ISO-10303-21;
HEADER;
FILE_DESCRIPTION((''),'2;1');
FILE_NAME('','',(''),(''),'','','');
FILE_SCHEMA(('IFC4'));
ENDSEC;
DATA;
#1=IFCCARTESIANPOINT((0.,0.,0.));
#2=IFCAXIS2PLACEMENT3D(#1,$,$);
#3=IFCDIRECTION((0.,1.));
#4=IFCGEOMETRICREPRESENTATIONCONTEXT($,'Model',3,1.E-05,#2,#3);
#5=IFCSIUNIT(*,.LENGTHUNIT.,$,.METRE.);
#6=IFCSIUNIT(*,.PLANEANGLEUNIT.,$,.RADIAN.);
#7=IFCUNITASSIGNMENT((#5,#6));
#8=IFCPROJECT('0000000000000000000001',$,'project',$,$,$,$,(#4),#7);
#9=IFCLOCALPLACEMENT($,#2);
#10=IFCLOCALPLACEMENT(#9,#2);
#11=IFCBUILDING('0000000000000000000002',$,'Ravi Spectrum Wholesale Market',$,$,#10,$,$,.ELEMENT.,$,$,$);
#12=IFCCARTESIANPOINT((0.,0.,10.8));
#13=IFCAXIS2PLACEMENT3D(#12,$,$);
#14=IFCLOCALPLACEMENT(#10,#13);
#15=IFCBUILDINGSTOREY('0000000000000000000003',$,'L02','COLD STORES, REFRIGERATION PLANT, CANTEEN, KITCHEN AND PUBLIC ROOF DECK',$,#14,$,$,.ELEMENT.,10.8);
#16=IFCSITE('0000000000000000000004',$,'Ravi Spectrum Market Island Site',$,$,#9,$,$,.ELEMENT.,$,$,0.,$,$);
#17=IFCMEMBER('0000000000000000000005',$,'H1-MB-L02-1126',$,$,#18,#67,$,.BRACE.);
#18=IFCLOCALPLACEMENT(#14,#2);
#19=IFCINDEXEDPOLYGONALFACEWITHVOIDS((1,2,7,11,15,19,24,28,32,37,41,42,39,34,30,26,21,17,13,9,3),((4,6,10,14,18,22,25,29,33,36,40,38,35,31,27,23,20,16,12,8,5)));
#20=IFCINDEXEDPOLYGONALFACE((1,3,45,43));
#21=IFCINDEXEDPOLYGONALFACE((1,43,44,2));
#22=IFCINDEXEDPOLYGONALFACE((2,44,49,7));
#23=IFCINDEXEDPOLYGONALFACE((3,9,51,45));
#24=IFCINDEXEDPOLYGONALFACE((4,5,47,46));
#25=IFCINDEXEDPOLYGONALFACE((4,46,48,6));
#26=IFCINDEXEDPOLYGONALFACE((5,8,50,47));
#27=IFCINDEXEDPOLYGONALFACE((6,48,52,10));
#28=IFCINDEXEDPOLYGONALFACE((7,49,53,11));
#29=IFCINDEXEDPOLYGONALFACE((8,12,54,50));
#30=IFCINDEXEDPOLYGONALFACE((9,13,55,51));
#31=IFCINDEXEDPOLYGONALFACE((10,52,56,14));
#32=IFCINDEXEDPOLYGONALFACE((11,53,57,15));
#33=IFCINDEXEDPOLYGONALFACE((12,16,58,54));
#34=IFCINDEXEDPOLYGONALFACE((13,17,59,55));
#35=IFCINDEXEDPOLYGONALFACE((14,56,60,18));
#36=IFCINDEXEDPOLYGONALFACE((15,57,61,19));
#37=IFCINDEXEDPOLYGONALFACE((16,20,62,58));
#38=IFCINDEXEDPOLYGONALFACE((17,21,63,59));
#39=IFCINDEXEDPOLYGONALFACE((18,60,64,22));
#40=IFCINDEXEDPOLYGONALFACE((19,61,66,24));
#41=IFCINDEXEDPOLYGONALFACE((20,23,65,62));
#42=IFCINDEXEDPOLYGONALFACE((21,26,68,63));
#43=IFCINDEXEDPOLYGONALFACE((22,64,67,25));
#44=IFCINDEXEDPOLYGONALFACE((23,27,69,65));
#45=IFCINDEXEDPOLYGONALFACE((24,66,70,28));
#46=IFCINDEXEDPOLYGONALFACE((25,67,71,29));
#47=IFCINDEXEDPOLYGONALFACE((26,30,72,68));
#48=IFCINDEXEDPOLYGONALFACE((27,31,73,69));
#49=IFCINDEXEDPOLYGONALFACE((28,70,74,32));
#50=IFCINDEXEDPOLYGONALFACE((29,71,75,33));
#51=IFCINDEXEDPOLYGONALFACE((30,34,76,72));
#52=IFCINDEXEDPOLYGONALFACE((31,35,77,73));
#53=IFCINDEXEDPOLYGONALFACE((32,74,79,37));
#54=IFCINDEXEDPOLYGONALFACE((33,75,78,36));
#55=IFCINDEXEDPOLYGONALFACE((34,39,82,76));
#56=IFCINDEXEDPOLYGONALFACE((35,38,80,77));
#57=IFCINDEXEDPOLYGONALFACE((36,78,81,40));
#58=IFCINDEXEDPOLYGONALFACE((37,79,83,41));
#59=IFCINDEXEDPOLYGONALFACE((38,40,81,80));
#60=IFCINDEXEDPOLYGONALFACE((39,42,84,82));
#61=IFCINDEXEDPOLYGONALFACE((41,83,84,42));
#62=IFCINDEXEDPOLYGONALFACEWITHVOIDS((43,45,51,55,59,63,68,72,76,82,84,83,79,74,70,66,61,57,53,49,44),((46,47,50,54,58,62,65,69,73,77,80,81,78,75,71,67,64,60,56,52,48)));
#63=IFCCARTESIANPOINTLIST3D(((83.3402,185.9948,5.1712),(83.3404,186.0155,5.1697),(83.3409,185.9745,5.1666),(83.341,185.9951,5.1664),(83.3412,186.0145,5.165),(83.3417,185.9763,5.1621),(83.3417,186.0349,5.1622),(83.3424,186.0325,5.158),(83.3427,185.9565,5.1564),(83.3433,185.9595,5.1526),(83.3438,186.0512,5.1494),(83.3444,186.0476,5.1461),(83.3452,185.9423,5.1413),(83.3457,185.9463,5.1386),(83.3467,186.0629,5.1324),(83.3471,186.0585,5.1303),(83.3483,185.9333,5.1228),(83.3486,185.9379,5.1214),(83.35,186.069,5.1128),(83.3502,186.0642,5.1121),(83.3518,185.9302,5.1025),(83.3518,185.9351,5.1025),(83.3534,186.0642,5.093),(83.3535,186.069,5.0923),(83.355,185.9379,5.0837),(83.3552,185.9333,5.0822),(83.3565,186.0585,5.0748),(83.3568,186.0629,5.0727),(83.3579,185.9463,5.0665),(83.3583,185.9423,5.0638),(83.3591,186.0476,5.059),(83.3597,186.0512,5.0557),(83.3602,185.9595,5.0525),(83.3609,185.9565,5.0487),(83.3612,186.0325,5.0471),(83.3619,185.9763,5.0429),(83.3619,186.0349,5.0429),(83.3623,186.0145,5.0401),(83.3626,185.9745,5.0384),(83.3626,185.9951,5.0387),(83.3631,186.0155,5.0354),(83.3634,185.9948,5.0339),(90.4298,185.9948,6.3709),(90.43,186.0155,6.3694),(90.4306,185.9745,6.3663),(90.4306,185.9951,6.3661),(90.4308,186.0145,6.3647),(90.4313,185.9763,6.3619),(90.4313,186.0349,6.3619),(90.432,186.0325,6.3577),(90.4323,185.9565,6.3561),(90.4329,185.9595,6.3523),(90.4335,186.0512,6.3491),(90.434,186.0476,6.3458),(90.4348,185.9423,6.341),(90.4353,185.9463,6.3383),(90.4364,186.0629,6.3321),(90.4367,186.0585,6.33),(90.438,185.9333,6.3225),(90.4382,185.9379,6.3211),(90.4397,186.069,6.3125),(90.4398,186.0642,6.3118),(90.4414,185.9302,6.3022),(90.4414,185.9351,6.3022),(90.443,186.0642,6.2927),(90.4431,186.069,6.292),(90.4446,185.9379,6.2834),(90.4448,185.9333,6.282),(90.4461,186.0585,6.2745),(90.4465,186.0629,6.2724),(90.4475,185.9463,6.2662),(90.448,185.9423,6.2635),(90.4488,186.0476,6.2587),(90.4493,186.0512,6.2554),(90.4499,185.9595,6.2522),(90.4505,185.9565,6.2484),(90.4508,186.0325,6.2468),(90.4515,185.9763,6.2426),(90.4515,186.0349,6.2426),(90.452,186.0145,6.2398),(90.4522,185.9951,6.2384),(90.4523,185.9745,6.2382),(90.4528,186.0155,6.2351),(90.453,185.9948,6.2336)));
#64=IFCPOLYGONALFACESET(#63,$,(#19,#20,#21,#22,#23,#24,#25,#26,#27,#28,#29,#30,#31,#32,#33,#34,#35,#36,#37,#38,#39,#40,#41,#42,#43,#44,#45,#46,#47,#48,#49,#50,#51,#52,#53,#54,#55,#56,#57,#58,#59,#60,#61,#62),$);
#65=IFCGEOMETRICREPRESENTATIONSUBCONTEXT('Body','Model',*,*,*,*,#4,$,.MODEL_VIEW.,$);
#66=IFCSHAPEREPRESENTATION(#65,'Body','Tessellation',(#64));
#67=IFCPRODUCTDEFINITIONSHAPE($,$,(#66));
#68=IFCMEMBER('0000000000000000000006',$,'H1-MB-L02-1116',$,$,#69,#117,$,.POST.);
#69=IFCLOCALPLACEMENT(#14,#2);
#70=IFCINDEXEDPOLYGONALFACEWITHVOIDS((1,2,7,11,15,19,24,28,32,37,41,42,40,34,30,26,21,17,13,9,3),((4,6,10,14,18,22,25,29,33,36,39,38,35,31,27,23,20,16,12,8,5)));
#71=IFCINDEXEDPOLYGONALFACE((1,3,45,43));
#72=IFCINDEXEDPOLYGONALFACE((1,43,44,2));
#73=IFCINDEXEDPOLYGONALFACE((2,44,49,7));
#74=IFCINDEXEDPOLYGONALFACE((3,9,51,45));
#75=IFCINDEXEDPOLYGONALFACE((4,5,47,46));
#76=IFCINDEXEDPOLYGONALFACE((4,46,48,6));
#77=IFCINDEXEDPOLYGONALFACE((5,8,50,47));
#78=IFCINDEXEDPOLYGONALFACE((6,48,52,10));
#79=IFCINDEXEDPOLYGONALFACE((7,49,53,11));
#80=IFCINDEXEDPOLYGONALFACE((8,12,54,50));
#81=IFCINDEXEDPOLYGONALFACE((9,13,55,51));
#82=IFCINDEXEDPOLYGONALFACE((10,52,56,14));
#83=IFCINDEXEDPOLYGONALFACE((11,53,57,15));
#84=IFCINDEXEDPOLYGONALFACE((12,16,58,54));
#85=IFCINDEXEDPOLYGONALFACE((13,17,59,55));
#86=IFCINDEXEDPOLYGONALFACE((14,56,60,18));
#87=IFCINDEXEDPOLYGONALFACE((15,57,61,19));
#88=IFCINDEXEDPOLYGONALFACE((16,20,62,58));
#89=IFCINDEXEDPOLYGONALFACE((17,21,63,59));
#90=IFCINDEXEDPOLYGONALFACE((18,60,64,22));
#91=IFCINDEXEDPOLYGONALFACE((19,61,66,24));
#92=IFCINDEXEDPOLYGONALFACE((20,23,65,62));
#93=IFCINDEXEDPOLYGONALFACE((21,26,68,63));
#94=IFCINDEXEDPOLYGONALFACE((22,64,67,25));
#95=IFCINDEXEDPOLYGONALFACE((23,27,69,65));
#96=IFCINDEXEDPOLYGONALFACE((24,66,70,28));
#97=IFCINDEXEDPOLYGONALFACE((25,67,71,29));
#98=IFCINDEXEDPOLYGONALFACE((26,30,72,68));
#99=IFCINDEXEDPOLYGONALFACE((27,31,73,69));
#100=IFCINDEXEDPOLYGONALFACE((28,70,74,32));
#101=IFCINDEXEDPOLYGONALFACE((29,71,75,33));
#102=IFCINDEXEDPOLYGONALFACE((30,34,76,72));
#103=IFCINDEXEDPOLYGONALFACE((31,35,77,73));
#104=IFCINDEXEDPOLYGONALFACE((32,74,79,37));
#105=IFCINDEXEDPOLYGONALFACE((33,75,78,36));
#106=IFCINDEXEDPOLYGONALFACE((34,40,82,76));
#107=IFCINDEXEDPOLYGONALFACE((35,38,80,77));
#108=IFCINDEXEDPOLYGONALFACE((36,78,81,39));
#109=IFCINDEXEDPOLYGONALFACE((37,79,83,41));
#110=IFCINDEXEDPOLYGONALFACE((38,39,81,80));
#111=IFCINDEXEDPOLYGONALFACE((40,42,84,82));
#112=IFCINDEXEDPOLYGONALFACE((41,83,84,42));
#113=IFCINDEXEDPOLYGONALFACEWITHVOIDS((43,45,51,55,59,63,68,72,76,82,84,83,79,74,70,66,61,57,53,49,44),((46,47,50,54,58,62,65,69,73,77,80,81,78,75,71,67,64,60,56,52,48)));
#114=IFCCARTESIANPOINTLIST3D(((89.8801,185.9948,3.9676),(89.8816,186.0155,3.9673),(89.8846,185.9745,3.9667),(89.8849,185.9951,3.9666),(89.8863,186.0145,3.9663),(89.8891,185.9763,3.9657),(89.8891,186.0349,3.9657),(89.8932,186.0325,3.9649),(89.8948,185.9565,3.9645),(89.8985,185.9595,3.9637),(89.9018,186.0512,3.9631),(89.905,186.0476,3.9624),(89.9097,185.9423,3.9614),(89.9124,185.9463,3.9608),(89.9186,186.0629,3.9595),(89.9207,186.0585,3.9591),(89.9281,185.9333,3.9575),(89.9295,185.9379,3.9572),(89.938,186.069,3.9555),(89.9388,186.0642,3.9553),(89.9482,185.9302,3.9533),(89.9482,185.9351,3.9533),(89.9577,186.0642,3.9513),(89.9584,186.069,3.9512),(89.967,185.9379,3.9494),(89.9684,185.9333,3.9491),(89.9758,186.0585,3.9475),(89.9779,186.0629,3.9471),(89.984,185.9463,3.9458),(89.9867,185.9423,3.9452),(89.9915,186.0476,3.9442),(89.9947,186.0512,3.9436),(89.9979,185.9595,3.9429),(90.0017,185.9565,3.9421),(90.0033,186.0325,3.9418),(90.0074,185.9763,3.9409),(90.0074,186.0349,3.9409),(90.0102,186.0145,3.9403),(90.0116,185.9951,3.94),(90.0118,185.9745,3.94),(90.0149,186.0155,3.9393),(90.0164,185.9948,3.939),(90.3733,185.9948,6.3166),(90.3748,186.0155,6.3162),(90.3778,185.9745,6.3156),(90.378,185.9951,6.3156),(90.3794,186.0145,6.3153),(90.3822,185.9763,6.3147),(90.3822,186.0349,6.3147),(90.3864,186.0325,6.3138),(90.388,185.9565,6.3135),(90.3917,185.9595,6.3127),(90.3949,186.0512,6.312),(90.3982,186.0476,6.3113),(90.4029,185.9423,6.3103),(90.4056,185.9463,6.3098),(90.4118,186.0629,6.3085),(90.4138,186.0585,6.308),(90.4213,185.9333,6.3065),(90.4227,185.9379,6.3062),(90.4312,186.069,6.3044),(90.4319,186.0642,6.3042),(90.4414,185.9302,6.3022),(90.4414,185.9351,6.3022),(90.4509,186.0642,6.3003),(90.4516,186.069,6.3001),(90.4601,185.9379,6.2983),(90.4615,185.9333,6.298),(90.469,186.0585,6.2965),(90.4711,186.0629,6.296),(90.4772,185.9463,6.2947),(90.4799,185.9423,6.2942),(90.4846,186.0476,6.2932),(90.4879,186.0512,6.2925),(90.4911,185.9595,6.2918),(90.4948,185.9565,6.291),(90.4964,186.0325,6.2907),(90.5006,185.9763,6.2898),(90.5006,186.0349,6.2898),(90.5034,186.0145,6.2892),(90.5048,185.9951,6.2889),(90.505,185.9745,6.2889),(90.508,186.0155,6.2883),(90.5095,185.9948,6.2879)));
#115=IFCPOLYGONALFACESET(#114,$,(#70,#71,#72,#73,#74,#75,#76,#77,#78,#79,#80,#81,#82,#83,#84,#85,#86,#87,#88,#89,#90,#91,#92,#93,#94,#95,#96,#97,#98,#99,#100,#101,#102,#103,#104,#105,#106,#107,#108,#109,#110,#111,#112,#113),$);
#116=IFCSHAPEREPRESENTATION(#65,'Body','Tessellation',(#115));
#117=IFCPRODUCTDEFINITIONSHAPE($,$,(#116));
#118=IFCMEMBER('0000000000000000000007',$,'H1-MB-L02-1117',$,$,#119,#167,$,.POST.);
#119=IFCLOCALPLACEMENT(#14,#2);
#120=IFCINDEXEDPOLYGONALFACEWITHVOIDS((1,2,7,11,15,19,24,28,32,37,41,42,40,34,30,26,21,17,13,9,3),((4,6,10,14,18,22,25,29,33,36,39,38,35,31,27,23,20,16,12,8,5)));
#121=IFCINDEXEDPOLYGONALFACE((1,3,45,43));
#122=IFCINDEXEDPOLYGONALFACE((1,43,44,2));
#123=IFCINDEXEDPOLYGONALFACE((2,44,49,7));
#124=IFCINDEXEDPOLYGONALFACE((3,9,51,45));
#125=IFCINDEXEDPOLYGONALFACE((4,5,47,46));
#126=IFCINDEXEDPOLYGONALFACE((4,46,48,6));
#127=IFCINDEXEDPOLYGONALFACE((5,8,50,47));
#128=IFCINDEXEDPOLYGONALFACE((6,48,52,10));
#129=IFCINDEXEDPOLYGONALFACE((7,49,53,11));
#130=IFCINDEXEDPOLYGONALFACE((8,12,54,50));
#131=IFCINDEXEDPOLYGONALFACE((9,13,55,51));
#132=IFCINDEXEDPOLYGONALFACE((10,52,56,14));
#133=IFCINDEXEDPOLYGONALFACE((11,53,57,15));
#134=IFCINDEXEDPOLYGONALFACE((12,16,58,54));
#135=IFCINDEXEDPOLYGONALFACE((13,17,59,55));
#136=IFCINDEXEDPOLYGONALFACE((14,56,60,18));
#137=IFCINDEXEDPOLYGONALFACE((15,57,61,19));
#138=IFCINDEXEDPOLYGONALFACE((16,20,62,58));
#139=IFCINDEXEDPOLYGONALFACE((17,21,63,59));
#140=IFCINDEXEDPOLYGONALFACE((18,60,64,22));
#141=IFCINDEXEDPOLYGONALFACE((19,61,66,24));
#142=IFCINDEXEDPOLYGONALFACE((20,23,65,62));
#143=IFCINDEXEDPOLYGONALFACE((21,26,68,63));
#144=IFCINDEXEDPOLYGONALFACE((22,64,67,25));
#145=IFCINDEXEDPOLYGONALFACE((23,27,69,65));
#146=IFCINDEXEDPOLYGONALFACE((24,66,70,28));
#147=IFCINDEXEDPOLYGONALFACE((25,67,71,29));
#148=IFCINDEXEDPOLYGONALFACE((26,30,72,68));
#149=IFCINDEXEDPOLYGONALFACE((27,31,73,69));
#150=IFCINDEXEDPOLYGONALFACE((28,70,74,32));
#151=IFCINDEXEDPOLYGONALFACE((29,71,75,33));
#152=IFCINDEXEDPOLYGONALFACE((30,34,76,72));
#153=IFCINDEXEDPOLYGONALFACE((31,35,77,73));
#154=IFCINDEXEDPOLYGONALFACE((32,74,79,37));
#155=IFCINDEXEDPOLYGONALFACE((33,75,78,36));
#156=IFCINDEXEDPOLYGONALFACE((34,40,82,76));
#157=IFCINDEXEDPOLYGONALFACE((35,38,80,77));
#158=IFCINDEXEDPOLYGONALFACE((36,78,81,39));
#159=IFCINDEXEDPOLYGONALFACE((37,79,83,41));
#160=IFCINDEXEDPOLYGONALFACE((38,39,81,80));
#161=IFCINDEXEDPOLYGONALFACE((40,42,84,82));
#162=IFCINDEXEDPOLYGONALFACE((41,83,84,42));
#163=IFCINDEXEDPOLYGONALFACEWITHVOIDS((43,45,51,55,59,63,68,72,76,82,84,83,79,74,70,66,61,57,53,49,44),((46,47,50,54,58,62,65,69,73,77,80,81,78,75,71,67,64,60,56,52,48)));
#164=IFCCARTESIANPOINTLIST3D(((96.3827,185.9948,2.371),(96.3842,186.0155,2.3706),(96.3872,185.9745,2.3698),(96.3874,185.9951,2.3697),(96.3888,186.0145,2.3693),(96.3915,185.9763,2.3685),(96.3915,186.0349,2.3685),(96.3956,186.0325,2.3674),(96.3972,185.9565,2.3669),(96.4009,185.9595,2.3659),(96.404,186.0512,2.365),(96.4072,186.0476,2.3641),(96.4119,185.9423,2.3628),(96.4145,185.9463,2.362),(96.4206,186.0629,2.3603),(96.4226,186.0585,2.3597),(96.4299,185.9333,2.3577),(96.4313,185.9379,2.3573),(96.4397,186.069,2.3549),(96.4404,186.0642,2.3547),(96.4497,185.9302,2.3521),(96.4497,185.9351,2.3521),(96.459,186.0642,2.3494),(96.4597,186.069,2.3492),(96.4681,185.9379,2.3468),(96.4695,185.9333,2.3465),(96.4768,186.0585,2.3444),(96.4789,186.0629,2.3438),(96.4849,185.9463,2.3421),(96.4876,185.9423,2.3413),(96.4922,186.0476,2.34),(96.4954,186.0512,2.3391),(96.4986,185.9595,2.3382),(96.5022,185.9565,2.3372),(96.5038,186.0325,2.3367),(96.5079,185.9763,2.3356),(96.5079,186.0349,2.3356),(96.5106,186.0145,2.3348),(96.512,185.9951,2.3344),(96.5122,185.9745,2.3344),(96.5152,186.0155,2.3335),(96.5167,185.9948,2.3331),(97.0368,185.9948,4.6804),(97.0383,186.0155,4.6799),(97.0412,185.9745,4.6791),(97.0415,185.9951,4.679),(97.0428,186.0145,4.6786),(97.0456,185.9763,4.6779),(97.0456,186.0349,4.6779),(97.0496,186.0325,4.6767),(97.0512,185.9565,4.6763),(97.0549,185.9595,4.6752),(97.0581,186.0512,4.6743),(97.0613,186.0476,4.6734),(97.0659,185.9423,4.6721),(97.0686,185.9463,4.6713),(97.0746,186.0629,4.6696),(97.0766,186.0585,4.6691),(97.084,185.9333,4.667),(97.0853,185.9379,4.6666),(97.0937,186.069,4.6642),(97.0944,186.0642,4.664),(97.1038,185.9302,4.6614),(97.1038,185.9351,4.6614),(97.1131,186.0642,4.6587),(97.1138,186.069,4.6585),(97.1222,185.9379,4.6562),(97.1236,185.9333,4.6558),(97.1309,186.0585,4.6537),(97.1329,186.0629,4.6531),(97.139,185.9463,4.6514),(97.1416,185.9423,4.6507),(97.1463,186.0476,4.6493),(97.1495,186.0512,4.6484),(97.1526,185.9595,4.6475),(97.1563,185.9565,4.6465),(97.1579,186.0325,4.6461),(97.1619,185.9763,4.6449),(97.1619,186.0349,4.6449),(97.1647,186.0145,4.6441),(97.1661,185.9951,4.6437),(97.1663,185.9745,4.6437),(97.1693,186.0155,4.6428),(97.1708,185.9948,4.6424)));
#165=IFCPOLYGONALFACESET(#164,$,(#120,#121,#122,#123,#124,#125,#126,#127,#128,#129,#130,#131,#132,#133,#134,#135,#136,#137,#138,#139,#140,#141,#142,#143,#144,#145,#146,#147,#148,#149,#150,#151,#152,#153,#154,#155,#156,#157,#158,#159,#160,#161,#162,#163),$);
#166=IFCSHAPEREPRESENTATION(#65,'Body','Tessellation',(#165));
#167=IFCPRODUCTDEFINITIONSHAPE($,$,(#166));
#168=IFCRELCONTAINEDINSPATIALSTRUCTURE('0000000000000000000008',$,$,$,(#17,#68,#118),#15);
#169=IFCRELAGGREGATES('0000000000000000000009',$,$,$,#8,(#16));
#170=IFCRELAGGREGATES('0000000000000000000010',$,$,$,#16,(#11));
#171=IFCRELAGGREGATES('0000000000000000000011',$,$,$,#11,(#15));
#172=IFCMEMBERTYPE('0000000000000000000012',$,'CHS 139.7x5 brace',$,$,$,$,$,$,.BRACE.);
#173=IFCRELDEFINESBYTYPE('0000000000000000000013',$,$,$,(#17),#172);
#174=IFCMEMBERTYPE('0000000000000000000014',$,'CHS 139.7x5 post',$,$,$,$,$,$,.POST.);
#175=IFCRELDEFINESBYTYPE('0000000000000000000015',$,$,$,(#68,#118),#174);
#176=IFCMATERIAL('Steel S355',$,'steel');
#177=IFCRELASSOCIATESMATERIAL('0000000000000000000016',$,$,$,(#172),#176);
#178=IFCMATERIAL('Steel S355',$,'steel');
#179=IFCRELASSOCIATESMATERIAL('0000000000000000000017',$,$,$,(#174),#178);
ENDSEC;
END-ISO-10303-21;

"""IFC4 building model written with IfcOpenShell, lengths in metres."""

from ifc_helpers import new_model, si_unit, direction, frame, origin, origin_2d, place, context, subcontext, project, spatial, hollow_circle, extrude, material, material_profile, profile_set, type_object, element, save


model = new_model("IFC4")

# Units and contexts
model_context = context("Model", 3, precision=1e-05, world=origin(), true_north=direction((0.0, 1.0)))
body_context = subcontext(model_context, "Body", "Model", "MODEL_VIEW")
ifc_project = project(units=[si_unit("LENGTHUNIT", "METRE"), si_unit("PLANEANGLEUNIT", "RADIAN")], contexts=[model_context])

# Site, building, storey
site_placement = place(None, origin())
site = spatial("IfcSite", under=ifc_project, at=site_placement, Name="Ravi Spectrum Market Island Site", CompositionType="ELEMENT", RefElevation=0.0)
building_placement = place(site_placement, origin())
building = spatial("IfcBuilding", under=site, at=building_placement, Name="Ravi Spectrum Wholesale Market", CompositionType="ELEMENT")
storey_placement = place(building_placement, frame((0.0, 0.0, 10.8)))
storey = spatial("IfcBuildingStorey", under=building, at=storey_placement, Name="L02", Description="COLD STORES, REFRIGERATION PLANT, CANTEEN, KITCHEN AND PUBLIC ROOF DECK", CompositionType="ELEMENT", Elevation=10.8)

# Members
ifc_material_1 = material(Name="Steel S355", Category="steel")
ifc_material_profile_1 = material_profile(ifc_material_1, hollow_circle(Radius=0.0698, WallThickness=0.0049, at=origin_2d()))
ifc_profile_set_1 = profile_set([ifc_material_profile_1], Name="Steel S355")
member_type_1 = type_object("IfcMemberType", Name="CHS 139.7x5 brace", PredefinedType="BRACE", material=ifc_profile_set_1)
member_1_placement = place(storey_placement, frame((90.4414, 186.0, 6.3022), z_axis=(-0.985983, 0.0, -0.166849), x_axis=(0.0, -1.0, 0.0)))
element("IfcMember", 1, at=member_1_placement, inside=storey, type_object=member_type_1, Name="H1-MB-L02-1126", PredefinedType="BRACE", context=body_context, shape_type="SweptSolid", body=[
    extrude(hollow_circle(Radius=0.0698, WallThickness=0.0049, at=origin_2d()), origin(), (0.0, 0.0, 1.0), 7.1904),
])
ifc_material_2 = material(Name="Steel S355", Category="steel")
ifc_material_profile_2 = material_profile(ifc_material_2, hollow_circle(Radius=0.0698, WallThickness=0.0049, at=origin_2d()))
ifc_profile_set_2 = profile_set([ifc_material_profile_2], Name="Steel S355")
member_type_2 = type_object("IfcMemberType", Name="CHS 139.7x5 post", PredefinedType="POST", material=ifc_profile_set_2)
for number, where, z_axis, x_axis, name in (
    (2, (90.4414, 186.0, 6.3022), (-0.205477, 0.0, -0.978662), (0.0, -1.0, 0.0), "H1-MB-L02-1116"),
    (3, (97.1038, 186.0, 4.6614), (-0.272504, 0.0, -0.962155), (0.0, -1.0, 0.0), "H1-MB-L02-1117"),
):
    element("IfcMember", number, at=place(storey_placement, frame(where, z_axis=z_axis, x_axis=x_axis)), inside=storey, type_object=member_type_2, Name=name, PredefinedType="POST", context=body_context, shape_type="SweptSolid", body=[
        extrude(hollow_circle(Radius=0.0698, WallThickness=0.0049, at=origin_2d()), origin(), (0.0, 0.0, 1.0), 2.4001),
    ])

save(model, "model.ifc")
